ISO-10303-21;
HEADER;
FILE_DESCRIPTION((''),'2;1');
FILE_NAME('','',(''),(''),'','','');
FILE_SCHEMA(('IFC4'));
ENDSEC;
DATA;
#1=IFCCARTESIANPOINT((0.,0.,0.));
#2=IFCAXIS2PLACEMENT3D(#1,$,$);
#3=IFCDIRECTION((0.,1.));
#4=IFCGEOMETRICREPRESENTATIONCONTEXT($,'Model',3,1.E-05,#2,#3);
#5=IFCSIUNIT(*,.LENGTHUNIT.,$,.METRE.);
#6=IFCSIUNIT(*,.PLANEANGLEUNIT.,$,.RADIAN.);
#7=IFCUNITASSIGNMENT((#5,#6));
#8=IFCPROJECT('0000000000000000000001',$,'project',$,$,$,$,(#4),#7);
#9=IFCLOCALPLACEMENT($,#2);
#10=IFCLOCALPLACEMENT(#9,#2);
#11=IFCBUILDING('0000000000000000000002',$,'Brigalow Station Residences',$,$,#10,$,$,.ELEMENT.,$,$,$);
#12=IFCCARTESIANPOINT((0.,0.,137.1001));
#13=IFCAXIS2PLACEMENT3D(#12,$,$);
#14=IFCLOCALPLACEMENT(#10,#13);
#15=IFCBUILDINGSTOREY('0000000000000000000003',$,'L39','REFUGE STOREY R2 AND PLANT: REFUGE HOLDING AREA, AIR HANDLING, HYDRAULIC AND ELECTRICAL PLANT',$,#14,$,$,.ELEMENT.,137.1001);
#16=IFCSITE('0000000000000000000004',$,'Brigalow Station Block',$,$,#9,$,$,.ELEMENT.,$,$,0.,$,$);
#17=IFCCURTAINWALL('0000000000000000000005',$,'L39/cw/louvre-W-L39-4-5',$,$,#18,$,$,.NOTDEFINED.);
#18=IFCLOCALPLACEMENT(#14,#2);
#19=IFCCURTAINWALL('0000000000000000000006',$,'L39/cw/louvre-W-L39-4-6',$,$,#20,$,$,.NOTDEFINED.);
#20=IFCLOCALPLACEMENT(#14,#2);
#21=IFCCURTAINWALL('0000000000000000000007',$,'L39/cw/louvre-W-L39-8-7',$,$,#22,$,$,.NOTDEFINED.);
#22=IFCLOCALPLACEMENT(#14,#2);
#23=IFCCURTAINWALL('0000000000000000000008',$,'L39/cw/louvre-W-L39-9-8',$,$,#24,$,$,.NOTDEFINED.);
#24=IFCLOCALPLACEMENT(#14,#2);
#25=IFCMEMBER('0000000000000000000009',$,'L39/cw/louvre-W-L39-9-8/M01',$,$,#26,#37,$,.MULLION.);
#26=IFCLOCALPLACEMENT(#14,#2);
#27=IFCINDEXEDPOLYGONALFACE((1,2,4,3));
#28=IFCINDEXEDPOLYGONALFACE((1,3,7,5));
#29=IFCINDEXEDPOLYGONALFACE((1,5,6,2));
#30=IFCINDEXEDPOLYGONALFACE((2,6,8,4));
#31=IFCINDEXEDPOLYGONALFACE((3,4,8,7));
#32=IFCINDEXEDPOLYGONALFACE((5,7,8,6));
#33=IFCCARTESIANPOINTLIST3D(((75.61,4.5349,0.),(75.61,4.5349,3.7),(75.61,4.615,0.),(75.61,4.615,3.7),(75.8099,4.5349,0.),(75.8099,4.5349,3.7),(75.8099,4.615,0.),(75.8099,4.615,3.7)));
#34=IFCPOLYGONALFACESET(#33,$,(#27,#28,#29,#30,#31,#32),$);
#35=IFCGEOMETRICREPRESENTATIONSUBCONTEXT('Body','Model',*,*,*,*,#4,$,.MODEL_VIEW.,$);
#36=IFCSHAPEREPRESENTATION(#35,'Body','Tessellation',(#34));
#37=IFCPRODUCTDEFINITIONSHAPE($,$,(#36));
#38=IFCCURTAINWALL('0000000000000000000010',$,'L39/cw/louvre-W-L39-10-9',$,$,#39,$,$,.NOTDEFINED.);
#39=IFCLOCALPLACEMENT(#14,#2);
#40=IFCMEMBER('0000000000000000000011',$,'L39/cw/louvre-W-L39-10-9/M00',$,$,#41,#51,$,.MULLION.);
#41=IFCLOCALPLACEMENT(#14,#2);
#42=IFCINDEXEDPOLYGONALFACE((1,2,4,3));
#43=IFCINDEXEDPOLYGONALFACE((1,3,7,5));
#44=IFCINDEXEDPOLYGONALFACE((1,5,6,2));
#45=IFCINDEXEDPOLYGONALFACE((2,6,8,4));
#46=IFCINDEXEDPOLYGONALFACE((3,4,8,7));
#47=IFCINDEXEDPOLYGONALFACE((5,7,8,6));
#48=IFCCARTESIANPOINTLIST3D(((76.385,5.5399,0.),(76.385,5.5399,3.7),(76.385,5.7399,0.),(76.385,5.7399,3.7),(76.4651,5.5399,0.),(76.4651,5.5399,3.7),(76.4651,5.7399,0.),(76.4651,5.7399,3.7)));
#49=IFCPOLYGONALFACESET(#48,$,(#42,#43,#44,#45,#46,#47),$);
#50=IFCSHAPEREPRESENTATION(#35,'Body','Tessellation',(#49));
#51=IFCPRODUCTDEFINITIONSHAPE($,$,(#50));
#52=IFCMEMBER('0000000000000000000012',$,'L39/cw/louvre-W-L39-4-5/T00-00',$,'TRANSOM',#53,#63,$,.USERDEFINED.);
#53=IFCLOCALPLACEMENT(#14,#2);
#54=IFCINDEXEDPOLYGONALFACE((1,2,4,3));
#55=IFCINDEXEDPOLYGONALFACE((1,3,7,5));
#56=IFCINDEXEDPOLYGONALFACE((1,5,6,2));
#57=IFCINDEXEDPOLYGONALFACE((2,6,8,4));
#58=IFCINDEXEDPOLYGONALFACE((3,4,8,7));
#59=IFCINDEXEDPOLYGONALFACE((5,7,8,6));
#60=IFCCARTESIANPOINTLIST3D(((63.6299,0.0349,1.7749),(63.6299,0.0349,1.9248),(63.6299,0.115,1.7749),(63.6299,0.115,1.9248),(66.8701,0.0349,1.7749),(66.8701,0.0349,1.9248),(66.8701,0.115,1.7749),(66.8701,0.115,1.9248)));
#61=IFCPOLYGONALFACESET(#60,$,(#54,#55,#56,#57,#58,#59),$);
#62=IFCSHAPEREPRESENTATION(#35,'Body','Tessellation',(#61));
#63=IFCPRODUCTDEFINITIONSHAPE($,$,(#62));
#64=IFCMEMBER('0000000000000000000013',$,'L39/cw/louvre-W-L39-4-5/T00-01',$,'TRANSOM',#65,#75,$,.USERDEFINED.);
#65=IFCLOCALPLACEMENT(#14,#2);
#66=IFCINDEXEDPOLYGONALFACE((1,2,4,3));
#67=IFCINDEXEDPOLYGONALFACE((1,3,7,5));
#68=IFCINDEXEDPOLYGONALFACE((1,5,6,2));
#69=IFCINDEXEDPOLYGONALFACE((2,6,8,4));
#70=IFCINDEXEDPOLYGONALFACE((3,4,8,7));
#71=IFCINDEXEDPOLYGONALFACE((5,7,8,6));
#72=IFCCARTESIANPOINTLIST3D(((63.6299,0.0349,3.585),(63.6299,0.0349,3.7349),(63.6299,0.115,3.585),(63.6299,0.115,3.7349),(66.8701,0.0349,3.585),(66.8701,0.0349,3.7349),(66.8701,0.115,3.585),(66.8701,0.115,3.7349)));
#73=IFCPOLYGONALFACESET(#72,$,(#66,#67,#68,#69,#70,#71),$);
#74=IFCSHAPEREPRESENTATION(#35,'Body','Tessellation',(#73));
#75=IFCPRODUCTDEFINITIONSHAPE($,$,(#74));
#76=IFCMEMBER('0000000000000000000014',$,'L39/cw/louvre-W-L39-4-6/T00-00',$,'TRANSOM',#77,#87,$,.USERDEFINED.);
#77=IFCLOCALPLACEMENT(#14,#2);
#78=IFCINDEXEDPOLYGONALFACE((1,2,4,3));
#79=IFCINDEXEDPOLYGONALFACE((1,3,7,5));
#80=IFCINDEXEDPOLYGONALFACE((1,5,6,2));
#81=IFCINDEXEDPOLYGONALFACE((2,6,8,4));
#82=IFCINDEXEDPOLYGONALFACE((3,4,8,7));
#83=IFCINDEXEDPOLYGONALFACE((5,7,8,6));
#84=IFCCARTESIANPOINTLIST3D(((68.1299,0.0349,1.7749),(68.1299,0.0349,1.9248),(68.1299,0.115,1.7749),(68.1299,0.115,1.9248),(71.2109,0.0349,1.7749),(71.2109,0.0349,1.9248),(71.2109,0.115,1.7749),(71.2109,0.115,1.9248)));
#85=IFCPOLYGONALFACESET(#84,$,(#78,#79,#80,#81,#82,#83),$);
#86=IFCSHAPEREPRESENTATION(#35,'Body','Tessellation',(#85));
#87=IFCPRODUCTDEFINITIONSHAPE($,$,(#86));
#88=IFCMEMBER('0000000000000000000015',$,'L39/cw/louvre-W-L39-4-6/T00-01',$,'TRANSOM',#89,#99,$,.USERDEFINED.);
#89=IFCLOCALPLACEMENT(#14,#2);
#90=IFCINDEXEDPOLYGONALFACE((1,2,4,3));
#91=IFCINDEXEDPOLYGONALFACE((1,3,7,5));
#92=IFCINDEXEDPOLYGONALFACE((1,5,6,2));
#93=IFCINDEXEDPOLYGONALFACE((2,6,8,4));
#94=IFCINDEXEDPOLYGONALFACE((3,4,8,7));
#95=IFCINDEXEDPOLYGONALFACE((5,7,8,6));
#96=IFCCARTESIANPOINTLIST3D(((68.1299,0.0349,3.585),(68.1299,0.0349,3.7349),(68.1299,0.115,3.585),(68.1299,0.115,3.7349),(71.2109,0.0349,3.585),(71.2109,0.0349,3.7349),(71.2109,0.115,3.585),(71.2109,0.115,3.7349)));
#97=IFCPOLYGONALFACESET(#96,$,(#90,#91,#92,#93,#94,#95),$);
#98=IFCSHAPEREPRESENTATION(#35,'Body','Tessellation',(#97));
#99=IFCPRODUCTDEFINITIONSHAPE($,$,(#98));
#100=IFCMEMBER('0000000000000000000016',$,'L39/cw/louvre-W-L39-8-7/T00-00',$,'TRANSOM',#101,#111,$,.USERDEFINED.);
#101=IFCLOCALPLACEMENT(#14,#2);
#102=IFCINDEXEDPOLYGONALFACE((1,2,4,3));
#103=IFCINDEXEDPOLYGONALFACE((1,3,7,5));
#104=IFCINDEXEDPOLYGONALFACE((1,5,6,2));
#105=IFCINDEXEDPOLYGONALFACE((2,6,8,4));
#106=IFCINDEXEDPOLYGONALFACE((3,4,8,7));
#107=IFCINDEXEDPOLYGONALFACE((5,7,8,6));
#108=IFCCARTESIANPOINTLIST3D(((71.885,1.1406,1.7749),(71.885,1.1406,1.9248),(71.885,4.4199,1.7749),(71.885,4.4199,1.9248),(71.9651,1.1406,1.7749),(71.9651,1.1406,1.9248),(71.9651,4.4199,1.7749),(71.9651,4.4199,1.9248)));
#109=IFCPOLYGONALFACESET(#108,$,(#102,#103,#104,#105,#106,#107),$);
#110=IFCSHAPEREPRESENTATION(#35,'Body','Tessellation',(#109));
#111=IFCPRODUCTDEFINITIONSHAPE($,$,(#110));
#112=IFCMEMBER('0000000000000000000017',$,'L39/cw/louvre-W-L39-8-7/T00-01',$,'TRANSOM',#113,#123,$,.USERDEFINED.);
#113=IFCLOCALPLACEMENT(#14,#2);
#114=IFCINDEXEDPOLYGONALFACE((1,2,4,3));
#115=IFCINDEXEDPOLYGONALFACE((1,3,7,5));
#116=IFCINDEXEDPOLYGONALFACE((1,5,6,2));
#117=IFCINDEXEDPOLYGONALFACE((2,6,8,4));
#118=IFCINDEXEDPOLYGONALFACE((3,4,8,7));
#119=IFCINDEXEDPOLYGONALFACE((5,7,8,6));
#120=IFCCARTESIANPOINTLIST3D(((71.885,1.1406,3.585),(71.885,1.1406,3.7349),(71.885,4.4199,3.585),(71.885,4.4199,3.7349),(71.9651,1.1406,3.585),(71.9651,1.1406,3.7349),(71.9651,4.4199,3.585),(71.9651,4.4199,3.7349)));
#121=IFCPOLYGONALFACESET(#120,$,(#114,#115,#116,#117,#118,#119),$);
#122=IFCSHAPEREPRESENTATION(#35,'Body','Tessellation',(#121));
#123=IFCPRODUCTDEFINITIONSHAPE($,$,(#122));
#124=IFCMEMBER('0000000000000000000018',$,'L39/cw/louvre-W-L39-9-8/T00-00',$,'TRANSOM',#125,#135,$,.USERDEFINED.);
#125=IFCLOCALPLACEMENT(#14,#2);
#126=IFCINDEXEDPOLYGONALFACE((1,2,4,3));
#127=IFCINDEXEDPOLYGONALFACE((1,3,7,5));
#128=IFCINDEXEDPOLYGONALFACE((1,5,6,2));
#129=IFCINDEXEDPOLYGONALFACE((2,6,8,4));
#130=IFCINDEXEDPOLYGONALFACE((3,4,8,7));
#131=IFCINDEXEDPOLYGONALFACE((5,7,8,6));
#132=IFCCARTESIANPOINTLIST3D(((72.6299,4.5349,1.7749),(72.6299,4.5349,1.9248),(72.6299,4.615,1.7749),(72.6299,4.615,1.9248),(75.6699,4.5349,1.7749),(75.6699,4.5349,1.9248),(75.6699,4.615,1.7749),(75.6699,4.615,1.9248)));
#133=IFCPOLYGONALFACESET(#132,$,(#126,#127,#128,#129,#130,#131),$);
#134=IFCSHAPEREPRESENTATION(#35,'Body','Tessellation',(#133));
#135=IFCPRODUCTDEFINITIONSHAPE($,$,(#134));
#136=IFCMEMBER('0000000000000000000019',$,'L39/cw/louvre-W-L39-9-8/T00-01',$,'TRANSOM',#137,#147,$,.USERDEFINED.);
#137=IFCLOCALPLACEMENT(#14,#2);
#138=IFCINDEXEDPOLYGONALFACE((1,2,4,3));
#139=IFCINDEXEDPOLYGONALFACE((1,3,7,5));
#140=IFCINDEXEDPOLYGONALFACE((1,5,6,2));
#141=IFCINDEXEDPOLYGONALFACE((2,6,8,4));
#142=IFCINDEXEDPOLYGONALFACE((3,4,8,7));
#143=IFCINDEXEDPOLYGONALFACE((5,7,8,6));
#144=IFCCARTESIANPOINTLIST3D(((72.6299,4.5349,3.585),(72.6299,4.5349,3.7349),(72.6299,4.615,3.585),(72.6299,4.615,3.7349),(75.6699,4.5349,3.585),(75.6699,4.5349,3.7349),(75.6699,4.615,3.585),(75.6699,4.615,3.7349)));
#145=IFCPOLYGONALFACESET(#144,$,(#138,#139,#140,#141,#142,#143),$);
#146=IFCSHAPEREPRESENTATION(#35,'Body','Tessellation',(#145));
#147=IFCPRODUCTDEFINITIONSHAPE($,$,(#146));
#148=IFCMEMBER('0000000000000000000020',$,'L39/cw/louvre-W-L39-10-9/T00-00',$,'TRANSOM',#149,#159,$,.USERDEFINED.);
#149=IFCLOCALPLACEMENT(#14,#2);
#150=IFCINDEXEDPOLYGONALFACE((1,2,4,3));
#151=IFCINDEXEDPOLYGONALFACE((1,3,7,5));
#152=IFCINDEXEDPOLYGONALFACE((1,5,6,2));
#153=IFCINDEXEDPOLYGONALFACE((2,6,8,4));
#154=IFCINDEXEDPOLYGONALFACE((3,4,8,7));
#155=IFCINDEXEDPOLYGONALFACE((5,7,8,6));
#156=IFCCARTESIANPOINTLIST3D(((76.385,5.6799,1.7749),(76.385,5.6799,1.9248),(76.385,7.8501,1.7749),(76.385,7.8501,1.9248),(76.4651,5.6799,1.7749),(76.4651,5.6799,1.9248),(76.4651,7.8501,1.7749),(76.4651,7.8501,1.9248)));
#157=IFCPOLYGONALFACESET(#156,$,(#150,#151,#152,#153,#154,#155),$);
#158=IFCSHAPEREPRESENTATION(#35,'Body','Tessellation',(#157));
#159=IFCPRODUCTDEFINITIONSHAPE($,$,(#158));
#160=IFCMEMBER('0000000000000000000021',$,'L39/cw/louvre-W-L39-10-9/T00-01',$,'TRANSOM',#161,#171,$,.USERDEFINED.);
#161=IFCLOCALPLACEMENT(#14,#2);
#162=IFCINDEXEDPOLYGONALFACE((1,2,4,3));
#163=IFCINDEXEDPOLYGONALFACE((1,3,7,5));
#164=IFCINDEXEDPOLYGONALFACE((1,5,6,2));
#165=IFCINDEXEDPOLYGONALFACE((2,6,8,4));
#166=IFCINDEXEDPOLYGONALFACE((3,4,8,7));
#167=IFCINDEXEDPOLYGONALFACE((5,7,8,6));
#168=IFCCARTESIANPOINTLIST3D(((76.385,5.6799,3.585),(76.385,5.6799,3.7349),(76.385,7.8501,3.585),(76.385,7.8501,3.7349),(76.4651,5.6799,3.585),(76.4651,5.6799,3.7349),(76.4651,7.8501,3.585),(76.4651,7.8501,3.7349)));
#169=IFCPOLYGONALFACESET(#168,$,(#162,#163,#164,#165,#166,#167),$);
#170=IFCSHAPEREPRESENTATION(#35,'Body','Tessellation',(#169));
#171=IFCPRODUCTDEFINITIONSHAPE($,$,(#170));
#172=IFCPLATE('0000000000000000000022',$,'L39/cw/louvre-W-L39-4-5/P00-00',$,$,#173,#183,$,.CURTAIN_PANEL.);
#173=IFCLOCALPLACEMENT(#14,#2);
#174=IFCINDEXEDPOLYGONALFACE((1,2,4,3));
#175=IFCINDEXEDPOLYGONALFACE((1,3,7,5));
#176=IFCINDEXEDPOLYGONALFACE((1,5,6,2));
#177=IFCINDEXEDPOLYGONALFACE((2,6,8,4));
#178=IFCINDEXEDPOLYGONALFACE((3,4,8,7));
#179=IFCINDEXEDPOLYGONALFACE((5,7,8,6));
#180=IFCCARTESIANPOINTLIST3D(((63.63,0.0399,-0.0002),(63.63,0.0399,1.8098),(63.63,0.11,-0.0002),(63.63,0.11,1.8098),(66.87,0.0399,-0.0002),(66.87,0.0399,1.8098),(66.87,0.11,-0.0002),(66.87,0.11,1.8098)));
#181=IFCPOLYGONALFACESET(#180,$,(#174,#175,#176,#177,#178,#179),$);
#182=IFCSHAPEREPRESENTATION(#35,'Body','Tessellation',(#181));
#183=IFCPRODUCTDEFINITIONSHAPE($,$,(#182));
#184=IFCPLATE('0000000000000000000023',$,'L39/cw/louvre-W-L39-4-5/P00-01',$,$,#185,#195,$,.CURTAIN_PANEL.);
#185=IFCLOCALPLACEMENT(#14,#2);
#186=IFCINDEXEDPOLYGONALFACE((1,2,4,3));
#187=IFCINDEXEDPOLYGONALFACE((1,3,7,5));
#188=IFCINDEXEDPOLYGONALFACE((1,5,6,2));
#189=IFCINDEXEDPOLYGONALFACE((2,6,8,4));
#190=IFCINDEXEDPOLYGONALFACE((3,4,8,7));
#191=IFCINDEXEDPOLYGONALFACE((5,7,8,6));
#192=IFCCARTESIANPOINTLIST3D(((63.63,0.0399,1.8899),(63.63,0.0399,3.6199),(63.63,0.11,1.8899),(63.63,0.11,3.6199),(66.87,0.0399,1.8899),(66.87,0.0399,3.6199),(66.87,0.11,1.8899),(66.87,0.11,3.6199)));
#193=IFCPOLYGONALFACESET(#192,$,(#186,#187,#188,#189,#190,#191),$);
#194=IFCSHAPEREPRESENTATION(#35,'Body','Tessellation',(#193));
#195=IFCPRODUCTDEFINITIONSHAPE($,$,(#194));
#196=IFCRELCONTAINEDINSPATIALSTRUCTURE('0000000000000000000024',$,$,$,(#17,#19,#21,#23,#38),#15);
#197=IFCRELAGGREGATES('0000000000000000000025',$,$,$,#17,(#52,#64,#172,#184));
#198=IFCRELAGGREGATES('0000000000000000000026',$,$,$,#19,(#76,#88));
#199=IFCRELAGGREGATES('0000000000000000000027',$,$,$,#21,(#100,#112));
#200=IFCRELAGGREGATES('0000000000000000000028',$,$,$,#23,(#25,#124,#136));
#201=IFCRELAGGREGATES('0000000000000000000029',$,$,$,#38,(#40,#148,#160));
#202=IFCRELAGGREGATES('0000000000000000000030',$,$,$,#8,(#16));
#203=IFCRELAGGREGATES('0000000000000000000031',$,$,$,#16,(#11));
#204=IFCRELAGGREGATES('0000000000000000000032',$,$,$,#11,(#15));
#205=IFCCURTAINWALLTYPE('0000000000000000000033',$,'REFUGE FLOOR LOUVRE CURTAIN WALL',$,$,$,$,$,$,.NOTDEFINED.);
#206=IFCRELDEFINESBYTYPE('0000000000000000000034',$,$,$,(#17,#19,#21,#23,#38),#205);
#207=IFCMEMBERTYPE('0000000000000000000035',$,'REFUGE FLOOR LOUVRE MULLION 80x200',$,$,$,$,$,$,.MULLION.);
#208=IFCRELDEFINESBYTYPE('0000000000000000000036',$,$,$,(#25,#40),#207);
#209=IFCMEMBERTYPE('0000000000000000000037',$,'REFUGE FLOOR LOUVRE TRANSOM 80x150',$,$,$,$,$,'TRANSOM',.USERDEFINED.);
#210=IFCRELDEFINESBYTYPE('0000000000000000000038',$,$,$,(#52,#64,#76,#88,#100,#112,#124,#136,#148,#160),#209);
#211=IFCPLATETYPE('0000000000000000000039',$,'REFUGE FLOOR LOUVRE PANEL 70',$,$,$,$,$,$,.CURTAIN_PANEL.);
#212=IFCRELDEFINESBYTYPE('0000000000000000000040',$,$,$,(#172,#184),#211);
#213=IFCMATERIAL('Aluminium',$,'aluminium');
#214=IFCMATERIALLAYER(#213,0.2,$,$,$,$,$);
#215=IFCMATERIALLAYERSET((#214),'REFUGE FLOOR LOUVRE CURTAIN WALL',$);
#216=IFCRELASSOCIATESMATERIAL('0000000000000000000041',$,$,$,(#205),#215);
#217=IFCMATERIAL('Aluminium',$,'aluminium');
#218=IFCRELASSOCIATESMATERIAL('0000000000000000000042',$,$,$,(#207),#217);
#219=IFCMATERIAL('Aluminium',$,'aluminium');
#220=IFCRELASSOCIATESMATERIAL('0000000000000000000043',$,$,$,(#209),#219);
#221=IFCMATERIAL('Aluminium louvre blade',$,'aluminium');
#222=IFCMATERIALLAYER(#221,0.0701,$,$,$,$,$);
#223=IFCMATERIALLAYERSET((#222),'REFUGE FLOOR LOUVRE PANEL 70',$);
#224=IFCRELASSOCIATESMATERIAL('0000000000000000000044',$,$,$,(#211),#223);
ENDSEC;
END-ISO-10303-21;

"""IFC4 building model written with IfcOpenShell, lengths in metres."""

from ifc_helpers import new_model, si_unit, direction, frame, origin, origin_2d, place, context, subcontext, project, spatial, rectangle, extrude, material, layer, layer_set, material_profile, profile_set, type_object, element, aggregate, save


model = new_model("IFC4")

# Units and contexts
model_context = context("Model", 3, precision=1e-05, world=origin(), true_north=direction((0.0, 1.0)))
body_context = subcontext(model_context, "Body", "Model", "MODEL_VIEW")
ifc_project = project(units=[si_unit("LENGTHUNIT", "METRE"), si_unit("PLANEANGLEUNIT", "RADIAN")], contexts=[model_context])

# Site, building, storey
site_placement = place(None, origin())
site = spatial("IfcSite", under=ifc_project, at=site_placement, Name="Brigalow Station Block", CompositionType="ELEMENT", RefElevation=0.0)
building_placement = place(site_placement, origin())
building = spatial("IfcBuilding", under=site, at=building_placement, Name="Brigalow Station Residences", CompositionType="ELEMENT")
storey_placement = place(building_placement, frame((0.0, 0.0, 137.1001)))
storey = spatial("IfcBuildingStorey", under=building, at=storey_placement, Name="L39", Description="REFUGE STOREY R2 AND PLANT: REFUGE HOLDING AREA, AIR HANDLING, HYDRAULIC AND ELECTRICAL PLANT", CompositionType="ELEMENT", Elevation=137.1001)

# Curtain walls, member
ifc_material_1 = material(Name="Aluminium", Category="aluminium")
ifc_layer_1 = layer(ifc_material_1, 0.2)
ifc_layer_set_1 = layer_set([ifc_layer_1], Name="REFUGE FLOOR LOUVRE CURTAIN WALL")
curtain_wall_type = type_object("IfcCurtainWallType", Name="REFUGE FLOOR LOUVRE CURTAIN WALL", PredefinedType="NOTDEFINED", material=ifc_layer_set_1)
curtain_wall_1_placement = place(storey_placement, origin())
curtain_wall_1 = element("IfcCurtainWall", 1, at=curtain_wall_1_placement, inside=storey, type_object=curtain_wall_type, Name="L39/cw/louvre-W-L39-4-5", PredefinedType="NOTDEFINED")
ifc_material_2 = material(Name="Aluminium", Category="aluminium")
ifc_material_profile_1 = material_profile(ifc_material_2, rectangle(XDim=0.0801, YDim=0.2, at=origin_2d()), Name="REFUGE FLOOR LOUVRE MULLION 80x200")
ifc_profile_set_1 = profile_set([ifc_material_profile_1], Name="Aluminium")
member_type_1 = type_object("IfcMemberType", Name="REFUGE FLOOR LOUVRE MULLION 80x200", PredefinedType="MULLION", material=ifc_profile_set_1)
curtain_wall_2_placement = place(storey_placement, origin())
curtain_wall_2 = element("IfcCurtainWall", 2, at=curtain_wall_2_placement, inside=storey, type_object=curtain_wall_type, Name="L39/cw/louvre-W-L39-4-6", PredefinedType="NOTDEFINED")
curtain_wall_3_placement = place(storey_placement, origin())
curtain_wall_3 = element("IfcCurtainWall", 3, at=curtain_wall_3_placement, inside=storey, type_object=curtain_wall_type, Name="L39/cw/louvre-W-L39-8-7", PredefinedType="NOTDEFINED")
curtain_wall_4_placement = place(storey_placement, origin())
curtain_wall_4 = element("IfcCurtainWall", 4, at=curtain_wall_4_placement, inside=storey, type_object=curtain_wall_type, Name="L39/cw/louvre-W-L39-9-8", PredefinedType="NOTDEFINED")
member_1_placement = place(storey_placement, frame((75.71, 4.575, 0.0), z_axis=(0.0, 0.0, 1.0), x_axis=(0.0, 1.0, 0.0)))
member_1 = element("IfcMember", 5, at=member_1_placement, type_object=member_type_1, Name="L39/cw/louvre-W-L39-9-8/M01", PredefinedType="MULLION", context=body_context, shape_type="SweptSolid", body=[
    extrude(rectangle(XDim=0.0801, YDim=0.2, at=origin_2d()), origin(), (0.0, 0.0, 1.0), 3.7),
])

# Curtain wall, member
curtain_wall_5_placement = place(storey_placement, origin())
curtain_wall_5 = element("IfcCurtainWall", 6, at=curtain_wall_5_placement, inside=storey, type_object=curtain_wall_type, Name="L39/cw/louvre-W-L39-10-9", PredefinedType="NOTDEFINED")
member_2_placement = place(storey_placement, frame((76.425, 5.6399, 0.0), z_axis=(0.0, 0.0, 1.0), x_axis=(-1.0, 0.0, 0.0)))
member_2 = element("IfcMember", 7, at=member_2_placement, type_object=member_type_1, Name="L39/cw/louvre-W-L39-10-9/M00", PredefinedType="MULLION", context=body_context, shape_type="SweptSolid", body=[
    extrude(rectangle(XDim=0.0801, YDim=0.2, at=origin_2d()), origin(), (0.0, 0.0, 1.0), 3.7),
])

# Members
ifc_material_3 = material(Name="Aluminium", Category="aluminium")
ifc_material_profile_2 = material_profile(ifc_material_3, rectangle(XDim=0.0801, YDim=0.1499, at=origin_2d()), Name="REFUGE FLOOR LOUVRE TRANSOM 80x150")
ifc_profile_set_2 = profile_set([ifc_material_profile_2], Name="Aluminium")
member_type_2 = type_object("IfcMemberType", Name="REFUGE FLOOR LOUVRE TRANSOM 80x150", ElementType="TRANSOM", PredefinedType="USERDEFINED", material=ifc_profile_set_2)
member_3_placement = place(storey_placement, frame((63.6299, 0.075, 1.8499), z_axis=(1.0, 0.0, 0.0), x_axis=(0.0, 1.0, 0.0)))
member_3 = element("IfcMember", 8, at=member_3_placement, type_object=member_type_2, Name="L39/cw/louvre-W-L39-4-5/T00-00", ObjectType="TRANSOM", PredefinedType="USERDEFINED", context=body_context, shape_type="SweptSolid", body=[
    extrude(rectangle(XDim=0.0801, YDim=0.1499, at=origin_2d()), origin(), (0.0, 0.0, 1.0), 3.2402),
])
member_4_placement = place(storey_placement, frame((63.6299, 0.075, 3.6599), z_axis=(1.0, 0.0, 0.0), x_axis=(0.0, 1.0, 0.0)))
member_4 = element("IfcMember", 9, at=member_4_placement, type_object=member_type_2, Name="L39/cw/louvre-W-L39-4-5/T00-01", ObjectType="TRANSOM", PredefinedType="USERDEFINED", context=body_context, shape_type="SweptSolid", body=[
    extrude(rectangle(XDim=0.0801, YDim=0.1499, at=origin_2d()), origin(), (0.0, 0.0, 1.0), 3.2402),
])
member_5_placement = place(storey_placement, frame((68.1299, 0.075, 1.8499), z_axis=(1.0, 0.0, 0.0), x_axis=(0.0, 1.0, 0.0)))
member_5 = element("IfcMember", 10, at=member_5_placement, type_object=member_type_2, Name="L39/cw/louvre-W-L39-4-6/T00-00", ObjectType="TRANSOM", PredefinedType="USERDEFINED", context=body_context, shape_type="SweptSolid", body=[
    extrude(rectangle(XDim=0.0801, YDim=0.1499, at=origin_2d()), origin(), (0.0, 0.0, 1.0), 3.0811),
])
member_6_placement = place(storey_placement, frame((68.1299, 0.075, 3.6599), z_axis=(1.0, 0.0, 0.0), x_axis=(0.0, 1.0, 0.0)))
member_6 = element("IfcMember", 11, at=member_6_placement, type_object=member_type_2, Name="L39/cw/louvre-W-L39-4-6/T00-01", ObjectType="TRANSOM", PredefinedType="USERDEFINED", context=body_context, shape_type="SweptSolid", body=[
    extrude(rectangle(XDim=0.0801, YDim=0.1499, at=origin_2d()), origin(), (0.0, 0.0, 1.0), 3.0811),
])
member_7_placement = place(storey_placement, frame((71.925, 1.1406, 1.8499), z_axis=(0.0, 1.0, 0.0), x_axis=(-1.0, 0.0, 0.0)))
member_7 = element("IfcMember", 12, at=member_7_placement, type_object=member_type_2, Name="L39/cw/louvre-W-L39-8-7/T00-00", ObjectType="TRANSOM", PredefinedType="USERDEFINED", context=body_context, shape_type="SweptSolid", body=[
    extrude(rectangle(XDim=0.0801, YDim=0.1499, at=origin_2d()), origin(), (0.0, 0.0, 1.0), 3.2793),
])
member_8_placement = place(storey_placement, frame((71.925, 1.1406, 3.6599), z_axis=(0.0, 1.0, 0.0), x_axis=(-1.0, 0.0, 0.0)))
member_8 = element("IfcMember", 13, at=member_8_placement, type_object=member_type_2, Name="L39/cw/louvre-W-L39-8-7/T00-01", ObjectType="TRANSOM", PredefinedType="USERDEFINED", context=body_context, shape_type="SweptSolid", body=[
    extrude(rectangle(XDim=0.0801, YDim=0.1499, at=origin_2d()), origin(), (0.0, 0.0, 1.0), 3.2793),
])
member_9_placement = place(storey_placement, frame((72.6299, 4.575, 1.8499), z_axis=(1.0, 0.0, 0.0), x_axis=(0.0, 1.0, 0.0)))
member_9 = element("IfcMember", 14, at=member_9_placement, type_object=member_type_2, Name="L39/cw/louvre-W-L39-9-8/T00-00", ObjectType="TRANSOM", PredefinedType="USERDEFINED", context=body_context, shape_type="SweptSolid", body=[
    extrude(rectangle(XDim=0.0801, YDim=0.1499, at=origin_2d()), origin(), (0.0, 0.0, 1.0), 3.04),
])
member_10_placement = place(storey_placement, frame((72.6299, 4.575, 3.6599), z_axis=(1.0, 0.0, 0.0), x_axis=(0.0, 1.0, 0.0)))
member_10 = element("IfcMember", 15, at=member_10_placement, type_object=member_type_2, Name="L39/cw/louvre-W-L39-9-8/T00-01", ObjectType="TRANSOM", PredefinedType="USERDEFINED", context=body_context, shape_type="SweptSolid", body=[
    extrude(rectangle(XDim=0.0801, YDim=0.1499, at=origin_2d()), origin(), (0.0, 0.0, 1.0), 3.04),
])
member_11_placement = place(storey_placement, frame((76.425, 5.6799, 1.8499), z_axis=(0.0, 1.0, 0.0), x_axis=(-1.0, 0.0, 0.0)))
member_11 = element("IfcMember", 16, at=member_11_placement, type_object=member_type_2, Name="L39/cw/louvre-W-L39-10-9/T00-00", ObjectType="TRANSOM", PredefinedType="USERDEFINED", context=body_context, shape_type="SweptSolid", body=[
    extrude(rectangle(XDim=0.0801, YDim=0.1499, at=origin_2d()), origin(), (0.0, 0.0, 1.0), 2.1702),
])
member_12_placement = place(storey_placement, frame((76.425, 5.6799, 3.6599), z_axis=(0.0, 1.0, 0.0), x_axis=(-1.0, 0.0, 0.0)))
member_12 = element("IfcMember", 17, at=member_12_placement, type_object=member_type_2, Name="L39/cw/louvre-W-L39-10-9/T00-01", ObjectType="TRANSOM", PredefinedType="USERDEFINED", context=body_context, shape_type="SweptSolid", body=[
    extrude(rectangle(XDim=0.0801, YDim=0.1499, at=origin_2d()), origin(), (0.0, 0.0, 1.0), 2.1702),
])

# Plates
ifc_material_4 = material(Name="Aluminium louvre blade", Category="aluminium")
ifc_layer_2 = layer(ifc_material_4, 0.0701)
ifc_layer_set_2 = layer_set([ifc_layer_2], Name="REFUGE FLOOR LOUVRE PANEL 70")
plate_type = type_object("IfcPlateType", Name="REFUGE FLOOR LOUVRE PANEL 70", PredefinedType="CURTAIN_PANEL", material=ifc_layer_set_2)
plate_1_placement = place(storey_placement, frame((65.25, 0.075, -0.0002), z_axis=(0.0, 0.0, 1.0), x_axis=(1.0, 0.0, 0.0)))
plate_1 = element("IfcPlate", 18, at=plate_1_placement, type_object=plate_type, Name="L39/cw/louvre-W-L39-4-5/P00-00", PredefinedType="CURTAIN_PANEL", context=body_context, shape_type="SweptSolid", body=[
    extrude(rectangle(XDim=3.24, YDim=0.0701, at=origin_2d()), origin(), (0.0, 0.0, 1.0), 1.8101),
])
plate_2_placement = place(storey_placement, frame((65.25, 0.075, 1.8899), z_axis=(0.0, 0.0, 1.0), x_axis=(1.0, 0.0, 0.0)))
plate_2 = element("IfcPlate", 19, at=plate_2_placement, type_object=plate_type, Name="L39/cw/louvre-W-L39-4-5/P00-01", PredefinedType="CURTAIN_PANEL", context=body_context, shape_type="SweptSolid", body=[
    extrude(rectangle(XDim=3.24, YDim=0.0701, at=origin_2d()), origin(), (0.0, 0.0, 1.0), 1.73),
])
aggregate(curtain_wall_1, [member_3, member_4, plate_1, plate_2])
aggregate(curtain_wall_2, [member_5, member_6])
aggregate(curtain_wall_3, [member_7, member_8])
aggregate(curtain_wall_4, [member_1, member_9, member_10])
aggregate(curtain_wall_5, [member_2, member_11, member_12])

save(model, "model.ifc")
